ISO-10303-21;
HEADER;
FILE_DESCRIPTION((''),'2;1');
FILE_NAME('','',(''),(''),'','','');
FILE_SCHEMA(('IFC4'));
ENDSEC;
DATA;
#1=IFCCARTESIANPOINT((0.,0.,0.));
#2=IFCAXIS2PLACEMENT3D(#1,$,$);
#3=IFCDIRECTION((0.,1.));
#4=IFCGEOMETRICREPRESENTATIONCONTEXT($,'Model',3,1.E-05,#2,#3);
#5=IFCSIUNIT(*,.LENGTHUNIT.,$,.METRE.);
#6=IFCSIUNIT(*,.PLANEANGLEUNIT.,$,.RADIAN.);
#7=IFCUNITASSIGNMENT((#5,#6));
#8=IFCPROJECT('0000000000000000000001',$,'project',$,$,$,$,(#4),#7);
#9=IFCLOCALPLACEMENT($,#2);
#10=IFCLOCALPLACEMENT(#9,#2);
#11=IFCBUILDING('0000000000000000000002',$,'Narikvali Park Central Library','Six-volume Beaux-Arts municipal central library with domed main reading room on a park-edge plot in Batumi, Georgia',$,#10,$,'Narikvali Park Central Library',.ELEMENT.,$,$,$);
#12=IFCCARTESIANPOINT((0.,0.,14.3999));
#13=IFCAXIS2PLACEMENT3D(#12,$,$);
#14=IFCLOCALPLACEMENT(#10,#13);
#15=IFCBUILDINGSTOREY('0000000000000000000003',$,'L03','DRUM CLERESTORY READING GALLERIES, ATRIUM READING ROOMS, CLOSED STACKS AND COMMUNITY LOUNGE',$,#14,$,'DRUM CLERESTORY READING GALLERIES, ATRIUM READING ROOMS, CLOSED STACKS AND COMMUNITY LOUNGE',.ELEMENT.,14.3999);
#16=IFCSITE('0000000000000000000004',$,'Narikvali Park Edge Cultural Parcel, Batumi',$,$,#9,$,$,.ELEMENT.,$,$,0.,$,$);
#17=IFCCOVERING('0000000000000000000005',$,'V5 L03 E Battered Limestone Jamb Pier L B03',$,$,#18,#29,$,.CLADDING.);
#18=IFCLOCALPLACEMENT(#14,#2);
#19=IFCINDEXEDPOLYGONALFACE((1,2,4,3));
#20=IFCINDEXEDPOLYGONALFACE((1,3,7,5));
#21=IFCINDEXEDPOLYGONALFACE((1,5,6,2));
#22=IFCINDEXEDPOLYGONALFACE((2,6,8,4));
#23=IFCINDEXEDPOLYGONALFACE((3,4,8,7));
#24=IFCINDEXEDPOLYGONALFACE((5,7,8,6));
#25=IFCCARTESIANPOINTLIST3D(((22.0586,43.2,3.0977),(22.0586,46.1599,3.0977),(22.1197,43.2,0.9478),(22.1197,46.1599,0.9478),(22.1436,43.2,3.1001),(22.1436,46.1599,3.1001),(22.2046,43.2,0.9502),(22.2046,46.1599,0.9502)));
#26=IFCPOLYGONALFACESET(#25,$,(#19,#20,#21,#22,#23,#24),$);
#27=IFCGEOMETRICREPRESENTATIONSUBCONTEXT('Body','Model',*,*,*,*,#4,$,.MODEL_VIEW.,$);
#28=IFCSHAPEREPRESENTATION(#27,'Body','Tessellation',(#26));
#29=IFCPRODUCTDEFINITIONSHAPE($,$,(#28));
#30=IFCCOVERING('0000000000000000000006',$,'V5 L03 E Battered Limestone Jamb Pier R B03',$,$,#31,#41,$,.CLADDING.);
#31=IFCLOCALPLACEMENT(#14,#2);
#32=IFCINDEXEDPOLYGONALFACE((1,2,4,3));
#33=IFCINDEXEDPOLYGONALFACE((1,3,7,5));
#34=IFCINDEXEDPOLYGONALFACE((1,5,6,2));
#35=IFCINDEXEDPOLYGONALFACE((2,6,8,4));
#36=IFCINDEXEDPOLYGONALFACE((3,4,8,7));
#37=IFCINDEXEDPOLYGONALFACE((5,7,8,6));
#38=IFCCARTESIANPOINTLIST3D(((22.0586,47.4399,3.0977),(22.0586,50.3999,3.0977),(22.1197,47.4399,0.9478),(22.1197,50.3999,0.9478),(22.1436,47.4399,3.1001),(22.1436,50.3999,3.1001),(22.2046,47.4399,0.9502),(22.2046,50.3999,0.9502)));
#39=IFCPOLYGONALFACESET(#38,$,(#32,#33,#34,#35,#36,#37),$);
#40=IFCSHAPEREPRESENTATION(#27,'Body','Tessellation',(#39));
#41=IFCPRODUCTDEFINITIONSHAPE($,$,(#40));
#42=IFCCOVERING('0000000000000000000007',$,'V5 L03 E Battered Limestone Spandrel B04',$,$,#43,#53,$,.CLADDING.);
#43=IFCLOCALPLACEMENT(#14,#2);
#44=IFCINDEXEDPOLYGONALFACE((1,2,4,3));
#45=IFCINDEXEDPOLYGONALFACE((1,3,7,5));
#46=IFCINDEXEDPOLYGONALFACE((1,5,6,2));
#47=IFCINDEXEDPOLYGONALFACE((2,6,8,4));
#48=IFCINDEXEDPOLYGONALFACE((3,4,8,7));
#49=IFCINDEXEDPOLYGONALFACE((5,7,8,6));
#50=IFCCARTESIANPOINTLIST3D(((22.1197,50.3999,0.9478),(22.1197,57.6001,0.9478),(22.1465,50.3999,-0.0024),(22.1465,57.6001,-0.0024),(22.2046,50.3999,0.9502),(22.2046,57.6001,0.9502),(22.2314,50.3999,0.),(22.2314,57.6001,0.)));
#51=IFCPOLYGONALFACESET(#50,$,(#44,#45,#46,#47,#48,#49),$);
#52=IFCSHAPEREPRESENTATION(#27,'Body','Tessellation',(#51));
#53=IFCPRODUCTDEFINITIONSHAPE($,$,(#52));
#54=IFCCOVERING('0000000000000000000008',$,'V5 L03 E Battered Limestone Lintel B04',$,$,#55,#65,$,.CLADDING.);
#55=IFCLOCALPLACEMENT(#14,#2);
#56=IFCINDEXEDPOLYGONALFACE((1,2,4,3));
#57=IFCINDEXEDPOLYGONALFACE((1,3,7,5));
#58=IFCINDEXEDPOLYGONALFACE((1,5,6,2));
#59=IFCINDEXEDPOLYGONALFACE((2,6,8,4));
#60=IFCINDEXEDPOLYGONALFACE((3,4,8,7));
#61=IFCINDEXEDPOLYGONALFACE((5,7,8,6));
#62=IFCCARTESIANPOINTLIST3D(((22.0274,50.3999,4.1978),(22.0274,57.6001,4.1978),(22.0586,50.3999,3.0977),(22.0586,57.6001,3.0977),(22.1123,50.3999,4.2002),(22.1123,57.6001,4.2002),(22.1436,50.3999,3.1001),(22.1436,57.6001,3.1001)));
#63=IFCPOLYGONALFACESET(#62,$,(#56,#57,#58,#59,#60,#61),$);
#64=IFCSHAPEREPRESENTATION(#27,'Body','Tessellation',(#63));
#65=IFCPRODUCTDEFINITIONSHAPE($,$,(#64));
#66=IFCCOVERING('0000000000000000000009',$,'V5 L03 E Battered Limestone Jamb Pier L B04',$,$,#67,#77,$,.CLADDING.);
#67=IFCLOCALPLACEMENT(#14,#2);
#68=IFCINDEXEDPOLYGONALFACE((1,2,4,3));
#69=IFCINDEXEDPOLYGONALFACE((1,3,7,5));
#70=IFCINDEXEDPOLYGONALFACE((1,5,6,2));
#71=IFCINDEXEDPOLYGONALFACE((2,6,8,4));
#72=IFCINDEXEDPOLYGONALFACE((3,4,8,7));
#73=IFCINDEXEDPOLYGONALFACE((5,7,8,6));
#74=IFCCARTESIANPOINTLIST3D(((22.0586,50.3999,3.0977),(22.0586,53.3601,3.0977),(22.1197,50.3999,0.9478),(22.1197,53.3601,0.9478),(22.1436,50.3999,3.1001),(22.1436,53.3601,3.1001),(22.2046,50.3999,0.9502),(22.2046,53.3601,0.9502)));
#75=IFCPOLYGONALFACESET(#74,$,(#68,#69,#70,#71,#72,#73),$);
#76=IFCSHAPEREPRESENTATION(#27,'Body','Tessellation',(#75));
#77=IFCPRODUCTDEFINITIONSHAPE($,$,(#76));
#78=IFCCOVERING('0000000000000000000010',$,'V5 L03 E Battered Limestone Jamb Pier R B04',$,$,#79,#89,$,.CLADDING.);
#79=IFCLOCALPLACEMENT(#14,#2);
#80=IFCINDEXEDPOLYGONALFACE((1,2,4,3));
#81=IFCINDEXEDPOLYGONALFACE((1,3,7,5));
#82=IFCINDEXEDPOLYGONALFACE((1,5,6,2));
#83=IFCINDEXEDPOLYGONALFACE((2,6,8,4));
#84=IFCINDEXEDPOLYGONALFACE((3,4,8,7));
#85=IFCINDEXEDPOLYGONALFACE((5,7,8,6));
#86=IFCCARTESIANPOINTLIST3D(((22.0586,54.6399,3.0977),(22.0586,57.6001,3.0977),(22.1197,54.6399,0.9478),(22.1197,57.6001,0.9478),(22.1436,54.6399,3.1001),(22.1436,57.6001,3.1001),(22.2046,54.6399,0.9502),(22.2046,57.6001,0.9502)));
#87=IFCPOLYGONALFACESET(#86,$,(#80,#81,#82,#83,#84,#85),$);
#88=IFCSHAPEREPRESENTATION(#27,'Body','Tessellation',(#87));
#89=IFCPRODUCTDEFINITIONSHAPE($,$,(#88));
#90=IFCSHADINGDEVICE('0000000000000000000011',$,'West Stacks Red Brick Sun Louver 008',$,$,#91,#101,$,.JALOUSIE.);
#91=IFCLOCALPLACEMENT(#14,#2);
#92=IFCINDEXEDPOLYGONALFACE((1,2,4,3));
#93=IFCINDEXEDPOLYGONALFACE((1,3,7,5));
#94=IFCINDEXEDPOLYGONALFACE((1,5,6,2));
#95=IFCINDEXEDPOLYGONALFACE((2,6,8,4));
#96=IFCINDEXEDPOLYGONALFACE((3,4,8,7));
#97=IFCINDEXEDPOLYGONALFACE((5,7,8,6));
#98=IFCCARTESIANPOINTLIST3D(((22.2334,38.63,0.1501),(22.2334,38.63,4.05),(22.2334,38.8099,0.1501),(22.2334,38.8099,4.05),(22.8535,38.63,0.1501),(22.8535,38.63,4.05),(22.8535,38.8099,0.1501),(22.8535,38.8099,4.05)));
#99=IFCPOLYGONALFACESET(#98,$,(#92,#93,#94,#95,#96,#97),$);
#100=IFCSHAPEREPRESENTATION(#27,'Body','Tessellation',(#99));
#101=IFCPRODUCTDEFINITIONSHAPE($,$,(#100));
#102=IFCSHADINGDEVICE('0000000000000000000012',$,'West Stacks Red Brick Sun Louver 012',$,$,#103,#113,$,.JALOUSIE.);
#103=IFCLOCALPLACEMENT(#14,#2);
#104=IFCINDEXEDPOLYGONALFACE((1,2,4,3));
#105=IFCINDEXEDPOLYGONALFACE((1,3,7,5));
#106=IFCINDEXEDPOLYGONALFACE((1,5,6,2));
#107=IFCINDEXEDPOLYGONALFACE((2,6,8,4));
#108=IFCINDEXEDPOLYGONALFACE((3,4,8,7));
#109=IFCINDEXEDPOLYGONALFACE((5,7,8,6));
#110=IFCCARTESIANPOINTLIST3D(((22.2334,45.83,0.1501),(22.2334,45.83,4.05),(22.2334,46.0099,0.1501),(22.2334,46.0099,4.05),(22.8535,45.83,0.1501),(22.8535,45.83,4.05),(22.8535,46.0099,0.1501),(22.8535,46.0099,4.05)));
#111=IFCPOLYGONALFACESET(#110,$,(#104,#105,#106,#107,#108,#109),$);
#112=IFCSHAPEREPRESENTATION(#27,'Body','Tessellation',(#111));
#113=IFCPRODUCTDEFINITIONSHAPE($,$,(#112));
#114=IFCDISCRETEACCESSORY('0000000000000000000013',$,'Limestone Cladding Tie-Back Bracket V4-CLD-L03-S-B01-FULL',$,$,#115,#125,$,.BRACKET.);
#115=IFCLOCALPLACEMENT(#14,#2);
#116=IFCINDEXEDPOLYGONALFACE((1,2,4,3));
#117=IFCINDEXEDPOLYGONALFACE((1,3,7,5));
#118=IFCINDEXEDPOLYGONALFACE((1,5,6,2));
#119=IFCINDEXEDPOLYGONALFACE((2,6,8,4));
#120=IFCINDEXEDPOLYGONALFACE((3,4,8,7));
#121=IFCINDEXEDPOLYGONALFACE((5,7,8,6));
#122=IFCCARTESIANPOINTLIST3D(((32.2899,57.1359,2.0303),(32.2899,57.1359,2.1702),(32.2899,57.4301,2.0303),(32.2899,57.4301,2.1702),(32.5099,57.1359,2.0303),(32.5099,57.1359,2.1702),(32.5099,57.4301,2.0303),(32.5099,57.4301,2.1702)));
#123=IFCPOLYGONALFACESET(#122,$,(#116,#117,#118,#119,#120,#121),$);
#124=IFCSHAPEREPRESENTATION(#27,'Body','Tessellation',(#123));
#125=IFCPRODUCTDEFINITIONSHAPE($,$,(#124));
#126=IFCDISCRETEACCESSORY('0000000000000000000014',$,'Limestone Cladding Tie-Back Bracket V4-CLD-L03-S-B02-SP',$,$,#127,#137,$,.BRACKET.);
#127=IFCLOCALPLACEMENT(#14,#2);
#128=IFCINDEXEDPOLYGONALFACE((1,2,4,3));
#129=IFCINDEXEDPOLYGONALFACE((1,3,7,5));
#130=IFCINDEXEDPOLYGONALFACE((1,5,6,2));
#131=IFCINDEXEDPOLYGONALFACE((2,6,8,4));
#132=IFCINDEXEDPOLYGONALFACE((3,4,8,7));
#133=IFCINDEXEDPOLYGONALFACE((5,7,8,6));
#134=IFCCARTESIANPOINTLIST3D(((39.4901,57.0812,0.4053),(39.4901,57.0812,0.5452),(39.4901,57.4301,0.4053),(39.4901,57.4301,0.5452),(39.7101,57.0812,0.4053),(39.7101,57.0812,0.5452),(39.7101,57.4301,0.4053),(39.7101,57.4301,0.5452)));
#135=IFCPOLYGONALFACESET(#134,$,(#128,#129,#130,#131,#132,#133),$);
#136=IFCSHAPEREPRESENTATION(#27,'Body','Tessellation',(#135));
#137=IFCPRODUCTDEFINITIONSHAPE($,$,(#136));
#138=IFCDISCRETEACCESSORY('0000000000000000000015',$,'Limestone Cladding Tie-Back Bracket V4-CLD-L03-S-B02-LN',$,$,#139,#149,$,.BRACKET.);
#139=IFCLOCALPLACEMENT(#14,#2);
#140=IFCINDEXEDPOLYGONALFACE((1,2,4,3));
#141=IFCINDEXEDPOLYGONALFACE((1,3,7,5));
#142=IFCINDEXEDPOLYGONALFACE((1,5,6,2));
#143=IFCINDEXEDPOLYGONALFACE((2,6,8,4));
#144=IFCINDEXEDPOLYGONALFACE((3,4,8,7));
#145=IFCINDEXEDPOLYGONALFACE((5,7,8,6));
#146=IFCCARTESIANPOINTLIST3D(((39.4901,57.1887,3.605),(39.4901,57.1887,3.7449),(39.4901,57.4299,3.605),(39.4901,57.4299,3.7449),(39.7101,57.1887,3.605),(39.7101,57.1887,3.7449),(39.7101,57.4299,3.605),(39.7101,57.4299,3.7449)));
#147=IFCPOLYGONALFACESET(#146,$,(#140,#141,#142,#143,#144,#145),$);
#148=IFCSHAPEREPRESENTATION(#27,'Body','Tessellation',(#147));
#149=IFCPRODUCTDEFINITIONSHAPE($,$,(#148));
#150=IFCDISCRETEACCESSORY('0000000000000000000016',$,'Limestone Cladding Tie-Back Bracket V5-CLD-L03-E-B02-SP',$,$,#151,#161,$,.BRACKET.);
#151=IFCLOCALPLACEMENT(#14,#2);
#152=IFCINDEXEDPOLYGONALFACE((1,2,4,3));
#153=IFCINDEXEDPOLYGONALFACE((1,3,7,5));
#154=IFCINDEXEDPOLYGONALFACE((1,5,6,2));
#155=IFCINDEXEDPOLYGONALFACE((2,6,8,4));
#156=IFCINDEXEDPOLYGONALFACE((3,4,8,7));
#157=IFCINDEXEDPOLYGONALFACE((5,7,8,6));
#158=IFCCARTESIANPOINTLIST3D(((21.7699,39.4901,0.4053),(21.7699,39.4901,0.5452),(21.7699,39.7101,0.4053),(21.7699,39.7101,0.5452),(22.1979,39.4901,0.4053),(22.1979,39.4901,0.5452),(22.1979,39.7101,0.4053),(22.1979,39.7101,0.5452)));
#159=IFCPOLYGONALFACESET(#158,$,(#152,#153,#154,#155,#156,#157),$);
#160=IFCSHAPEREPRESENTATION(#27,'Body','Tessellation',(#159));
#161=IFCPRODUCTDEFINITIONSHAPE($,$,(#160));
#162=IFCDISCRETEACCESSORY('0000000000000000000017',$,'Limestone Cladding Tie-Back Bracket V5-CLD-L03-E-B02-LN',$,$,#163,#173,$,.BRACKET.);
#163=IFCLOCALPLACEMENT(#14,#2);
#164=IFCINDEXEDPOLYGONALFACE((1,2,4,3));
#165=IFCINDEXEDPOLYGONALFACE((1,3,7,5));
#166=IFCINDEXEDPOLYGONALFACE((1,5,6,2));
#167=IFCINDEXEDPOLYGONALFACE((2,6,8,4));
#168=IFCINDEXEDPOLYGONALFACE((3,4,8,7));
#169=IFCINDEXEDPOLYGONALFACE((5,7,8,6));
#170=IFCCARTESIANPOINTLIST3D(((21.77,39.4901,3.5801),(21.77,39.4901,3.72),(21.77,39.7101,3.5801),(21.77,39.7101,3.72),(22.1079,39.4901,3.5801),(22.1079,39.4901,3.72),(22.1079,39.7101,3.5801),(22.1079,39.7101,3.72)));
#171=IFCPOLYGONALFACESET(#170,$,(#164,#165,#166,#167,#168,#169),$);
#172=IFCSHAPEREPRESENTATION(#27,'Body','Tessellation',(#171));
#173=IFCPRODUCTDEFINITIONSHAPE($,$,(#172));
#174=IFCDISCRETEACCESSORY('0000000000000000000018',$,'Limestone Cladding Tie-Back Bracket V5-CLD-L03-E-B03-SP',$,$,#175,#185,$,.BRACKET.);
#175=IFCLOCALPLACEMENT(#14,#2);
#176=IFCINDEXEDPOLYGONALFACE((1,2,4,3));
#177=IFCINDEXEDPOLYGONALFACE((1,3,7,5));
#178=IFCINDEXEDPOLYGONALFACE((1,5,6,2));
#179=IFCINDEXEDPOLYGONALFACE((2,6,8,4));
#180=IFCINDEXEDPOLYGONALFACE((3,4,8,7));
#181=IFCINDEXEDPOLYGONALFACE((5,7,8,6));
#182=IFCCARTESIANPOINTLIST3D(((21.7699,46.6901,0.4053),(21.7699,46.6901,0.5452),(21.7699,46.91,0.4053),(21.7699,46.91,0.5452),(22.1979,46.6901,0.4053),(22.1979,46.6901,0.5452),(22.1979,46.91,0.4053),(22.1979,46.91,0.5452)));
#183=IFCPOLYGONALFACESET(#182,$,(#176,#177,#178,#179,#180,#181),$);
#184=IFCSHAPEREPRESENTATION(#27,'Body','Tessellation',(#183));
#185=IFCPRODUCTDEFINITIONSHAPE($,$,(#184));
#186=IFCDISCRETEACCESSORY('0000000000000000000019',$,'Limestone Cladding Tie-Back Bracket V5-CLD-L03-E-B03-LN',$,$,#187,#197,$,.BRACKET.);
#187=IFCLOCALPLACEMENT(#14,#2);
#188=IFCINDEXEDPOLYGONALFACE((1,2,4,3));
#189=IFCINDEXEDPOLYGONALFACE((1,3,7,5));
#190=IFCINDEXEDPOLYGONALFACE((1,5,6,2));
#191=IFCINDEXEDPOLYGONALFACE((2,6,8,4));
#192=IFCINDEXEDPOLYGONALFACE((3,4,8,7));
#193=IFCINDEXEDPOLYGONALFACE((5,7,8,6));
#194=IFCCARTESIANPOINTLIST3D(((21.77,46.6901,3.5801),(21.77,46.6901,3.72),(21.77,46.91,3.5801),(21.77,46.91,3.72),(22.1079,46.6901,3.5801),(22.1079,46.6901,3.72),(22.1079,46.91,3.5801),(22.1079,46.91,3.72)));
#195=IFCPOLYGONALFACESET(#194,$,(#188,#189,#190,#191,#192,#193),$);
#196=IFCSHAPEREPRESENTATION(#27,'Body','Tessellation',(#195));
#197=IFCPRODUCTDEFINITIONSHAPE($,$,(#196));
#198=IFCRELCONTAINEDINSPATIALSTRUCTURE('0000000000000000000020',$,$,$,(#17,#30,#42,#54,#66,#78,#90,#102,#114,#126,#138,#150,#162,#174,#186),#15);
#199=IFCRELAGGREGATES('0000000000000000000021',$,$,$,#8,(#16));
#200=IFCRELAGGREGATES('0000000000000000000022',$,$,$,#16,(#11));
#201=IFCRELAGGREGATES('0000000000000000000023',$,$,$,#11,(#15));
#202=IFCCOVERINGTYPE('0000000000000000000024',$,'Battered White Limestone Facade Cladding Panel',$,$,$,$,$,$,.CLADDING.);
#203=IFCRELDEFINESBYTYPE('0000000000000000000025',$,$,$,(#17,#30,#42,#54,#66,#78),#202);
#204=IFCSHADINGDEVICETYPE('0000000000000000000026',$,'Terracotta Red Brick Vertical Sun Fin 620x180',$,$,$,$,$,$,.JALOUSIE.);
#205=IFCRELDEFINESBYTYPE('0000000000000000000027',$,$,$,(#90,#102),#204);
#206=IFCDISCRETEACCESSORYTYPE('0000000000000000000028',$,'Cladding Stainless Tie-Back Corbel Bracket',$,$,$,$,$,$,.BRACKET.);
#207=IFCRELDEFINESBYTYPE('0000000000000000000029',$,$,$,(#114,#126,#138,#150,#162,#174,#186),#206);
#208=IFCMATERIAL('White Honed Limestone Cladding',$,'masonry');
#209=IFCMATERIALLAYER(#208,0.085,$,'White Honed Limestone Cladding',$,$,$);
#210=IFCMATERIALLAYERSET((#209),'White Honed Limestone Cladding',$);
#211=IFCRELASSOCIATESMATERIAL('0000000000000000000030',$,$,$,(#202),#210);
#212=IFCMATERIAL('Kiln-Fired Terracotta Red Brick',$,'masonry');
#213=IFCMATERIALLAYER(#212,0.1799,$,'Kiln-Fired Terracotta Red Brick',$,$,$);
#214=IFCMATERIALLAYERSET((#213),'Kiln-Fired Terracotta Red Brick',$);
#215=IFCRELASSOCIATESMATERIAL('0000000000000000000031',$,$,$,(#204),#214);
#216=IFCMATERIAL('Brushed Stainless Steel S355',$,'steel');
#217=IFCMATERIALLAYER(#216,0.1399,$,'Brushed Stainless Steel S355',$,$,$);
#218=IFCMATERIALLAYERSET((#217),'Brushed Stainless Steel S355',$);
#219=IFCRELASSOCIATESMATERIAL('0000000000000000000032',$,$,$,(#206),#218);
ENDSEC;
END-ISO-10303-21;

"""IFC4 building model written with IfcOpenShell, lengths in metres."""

from ifc_helpers import new_model, si_unit, direction, frame, origin, origin_2d, place, context, subcontext, project, spatial, polyline, rectangle, outline, extrude, material, layer, layer_set, type_object, element, save


model = new_model("IFC4")

# Units and contexts
model_context = context("Model", 3, precision=1e-05, world=origin(), true_north=direction((0.0, 1.0)))
body_context = subcontext(model_context, "Body", "Model", "MODEL_VIEW")
ifc_project = project(units=[si_unit("LENGTHUNIT", "METRE"), si_unit("PLANEANGLEUNIT", "RADIAN")], contexts=[model_context])

# Site, building, storey
site_placement = place(None, origin())
site = spatial("IfcSite", under=ifc_project, at=site_placement, Name="Narikvali Park Edge Cultural Parcel, Batumi", CompositionType="ELEMENT", RefElevation=0.0)
building_placement = place(site_placement, origin())
building = spatial("IfcBuilding", under=site, at=building_placement, Name="Narikvali Park Central Library", Description="Six-volume Beaux-Arts municipal central library with domed main reading room on a park-edge plot in Batumi, Georgia", LongName="Narikvali Park Central Library", CompositionType="ELEMENT")
storey_placement = place(building_placement, frame((0.0, 0.0, 14.3999)))
storey = spatial("IfcBuildingStorey", under=building, at=storey_placement, Name="L03", Description="DRUM CLERESTORY READING GALLERIES, ATRIUM READING ROOMS, CLOSED STACKS AND COMMUNITY LOUNGE", LongName="DRUM CLERESTORY READING GALLERIES, ATRIUM READING ROOMS, CLOSED STACKS AND COMMUNITY LOUNGE", CompositionType="ELEMENT", Elevation=14.3999)

# Coverings
ifc_material_1 = material(Name="White Honed Limestone Cladding", Category="masonry")
ifc_layer_1 = layer(ifc_material_1, 0.085, Name="White Honed Limestone Cladding")
ifc_layer_set_1 = layer_set([ifc_layer_1], Name="White Honed Limestone Cladding")
covering_type = type_object("IfcCoveringType", Name="Battered White Limestone Facade Cladding Panel", PredefinedType="CLADDING", material=ifc_layer_set_1)
for number, where, z_axis, x_axis, name in (
    (1, (22.2046, 43.2, 0.9502), (0.999597, 0.0, 0.028378), (0.0, 1.0, 0.0), "V5 L03 E Battered Limestone Jamb Pier L B03"),
    (2, (22.2046, 47.4399, 0.9502), (0.999597, 0.0, 0.028378), (0.0, 1.0, 0.0), "V5 L03 E Battered Limestone Jamb Pier R B03"),
):
    element("IfcCovering", number, at=place(storey_placement, frame(where, z_axis=z_axis, x_axis=x_axis)), inside=storey, type_object=covering_type, Name=name, PredefinedType="CLADDING", context=body_context, shape_type="SweptSolid", body=[
        extrude(outline(polyline([(0.0, 0.0), (2.96, 0.0), (2.96, 2.1508), (0.0, 2.1508), (0.0, 0.0)])), origin(), (0.0, 0.0, -1.0), 0.085),
    ])
covering_1_placement = place(storey_placement, frame((22.2314, 50.3999, 0.0), z_axis=(0.999601, 0.0, 0.028252), x_axis=(0.0, 1.0, 0.0)))
element("IfcCovering", 3, at=covering_1_placement, inside=storey, type_object=covering_type, Name="V5 L03 E Battered Limestone Spandrel B04", PredefinedType="CLADDING", context=body_context, shape_type="SweptSolid", body=[
    extrude(outline(polyline([(0.0, 0.0), (7.2002, 0.0), (7.2002, 0.9506), (0.0, 0.9506), (0.0, 0.0)])), origin(), (0.0, 0.0, -1.0), 0.085),
])
covering_2_placement = place(storey_placement, frame((22.1436, 50.3999, 3.1001), z_axis=(0.999597, 0.0, 0.028395), x_axis=(0.0, 1.0, 0.0)))
element("IfcCovering", 4, at=covering_2_placement, inside=storey, type_object=covering_type, Name="V5 L03 E Battered Limestone Lintel B04", PredefinedType="CLADDING", context=body_context, shape_type="SweptSolid", body=[
    extrude(outline(polyline([(0.0, 0.0), (7.2002, 0.0), (7.2002, 1.1005), (0.0, 1.1005), (0.0, 0.0)])), origin(), (0.0, 0.0, -1.0), 0.085),
])
for number, where, z_axis, x_axis, name in (
    (5, (22.2046, 50.3999, 0.9502), (0.999597, 0.0, 0.028378), (0.0, 1.0, 0.0), "V5 L03 E Battered Limestone Jamb Pier L B04"),
    (6, (22.2046, 54.6399, 0.9502), (0.999597, 0.0, 0.028378), (0.0, 1.0, 0.0), "V5 L03 E Battered Limestone Jamb Pier R B04"),
):
    element("IfcCovering", number, at=place(storey_placement, frame(where, z_axis=z_axis, x_axis=x_axis)), inside=storey, type_object=covering_type, Name=name, PredefinedType="CLADDING", context=body_context, shape_type="SweptSolid", body=[
        extrude(outline(polyline([(0.0, 0.0), (2.9602, 0.0), (2.9602, 2.1508), (0.0, 2.1508), (0.0, 0.0)])), origin(), (0.0, 0.0, -1.0), 0.085),
    ])

# Shading devices
ifc_material_2 = material(Name="Kiln-Fired Terracotta Red Brick", Category="masonry")
ifc_layer_2 = layer(ifc_material_2, 0.1799, Name="Kiln-Fired Terracotta Red Brick")
ifc_layer_set_2 = layer_set([ifc_layer_2], Name="Kiln-Fired Terracotta Red Brick")
shading_device_type = type_object("IfcShadingDeviceType", Name="Terracotta Red Brick Vertical Sun Fin 620x180", PredefinedType="JALOUSIE", material=ifc_layer_set_2)
for number, where, z_axis, x_axis, name in (
    (7, (22.5435, 38.72, 0.1501), (0.0, 0.0, 1.0), (1.0, 0.0, 0.0), "West Stacks Red Brick Sun Louver 008"),
    (8, (22.5435, 45.9199, 0.1501), (0.0, 0.0, 1.0), (1.0, 0.0, 0.0), "West Stacks Red Brick Sun Louver 012"),
):
    element("IfcShadingDevice", number, at=place(storey_placement, frame(where, z_axis=z_axis, x_axis=x_axis)), inside=storey, type_object=shading_device_type, Name=name, PredefinedType="JALOUSIE", context=body_context, shape_type="SweptSolid", body=[
        extrude(rectangle(XDim=0.6201, YDim=0.1799, at=origin_2d()), origin(), (0.0, 0.0, 1.0), 3.8999),
    ])

# Discrete accessories
ifc_material_3 = material(Name="Brushed Stainless Steel S355", Category="steel")
ifc_layer_3 = layer(ifc_material_3, 0.1399, Name="Brushed Stainless Steel S355")
ifc_layer_set_3 = layer_set([ifc_layer_3], Name="Brushed Stainless Steel S355")
discrete_accessory_type = type_object("IfcDiscreteAccessoryType", Name="Cladding Stainless Tie-Back Corbel Bracket", PredefinedType="BRACKET", material=ifc_layer_set_3)
discrete_accessory_1_placement = place(storey_placement, frame((32.3999, 57.283, 2.0303), z_axis=(0.0, 0.0, 1.0), x_axis=(1.0, 0.0, 0.0)))
element("IfcDiscreteAccessory", 9, at=discrete_accessory_1_placement, inside=storey, type_object=discrete_accessory_type, Name="Limestone Cladding Tie-Back Bracket V4-CLD-L03-S-B01-FULL", PredefinedType="BRACKET", context=body_context, shape_type="SweptSolid", body=[
    extrude(rectangle(XDim=0.22, YDim=0.2942, at=origin_2d()), origin(), (0.0, 0.0, 1.0), 0.1399),
])
discrete_accessory_2_placement = place(storey_placement, frame((39.6001, 57.2556, 0.4053), z_axis=(0.0, 0.0, 1.0), x_axis=(1.0, 0.0, 0.0)))
element("IfcDiscreteAccessory", 10, at=discrete_accessory_2_placement, inside=storey, type_object=discrete_accessory_type, Name="Limestone Cladding Tie-Back Bracket V4-CLD-L03-S-B02-SP", PredefinedType="BRACKET", context=body_context, shape_type="SweptSolid", body=[
    extrude(rectangle(XDim=0.22, YDim=0.3489, at=origin_2d()), origin(), (0.0, 0.0, 1.0), 0.1399),
])
discrete_accessory_3_placement = place(storey_placement, frame((39.6001, 57.3093, 3.605), z_axis=(0.0, 0.0, 1.0), x_axis=(1.0, 0.0, 0.0)))
element("IfcDiscreteAccessory", 11, at=discrete_accessory_3_placement, inside=storey, type_object=discrete_accessory_type, Name="Limestone Cladding Tie-Back Bracket V4-CLD-L03-S-B02-LN", PredefinedType="BRACKET", context=body_context, shape_type="SweptSolid", body=[
    extrude(rectangle(XDim=0.22, YDim=0.2412, at=origin_2d()), origin(), (0.0, 0.0, 1.0), 0.1399),
])
discrete_accessory_4_placement = place(storey_placement, frame((21.9839, 39.6001, 0.4053), z_axis=(0.0, 0.0, 1.0), x_axis=(1.0, 0.0, 0.0)))
element("IfcDiscreteAccessory", 12, at=discrete_accessory_4_placement, inside=storey, type_object=discrete_accessory_type, Name="Limestone Cladding Tie-Back Bracket V5-CLD-L03-E-B02-SP", PredefinedType="BRACKET", context=body_context, shape_type="SweptSolid", body=[
    extrude(rectangle(XDim=0.428, YDim=0.22, at=origin_2d()), origin(), (0.0, 0.0, 1.0), 0.1399),
])
discrete_accessory_5_placement = place(storey_placement, frame((21.939, 39.6001, 3.5801), z_axis=(0.0, 0.0, 1.0), x_axis=(1.0, 0.0, 0.0)))
element("IfcDiscreteAccessory", 13, at=discrete_accessory_5_placement, inside=storey, type_object=discrete_accessory_type, Name="Limestone Cladding Tie-Back Bracket V5-CLD-L03-E-B02-LN", PredefinedType="BRACKET", context=body_context, shape_type="SweptSolid", body=[
    extrude(rectangle(XDim=0.3379, YDim=0.22, at=origin_2d()), origin(), (0.0, 0.0, 1.0), 0.1399),
])
discrete_accessory_6_placement = place(storey_placement, frame((21.9839, 46.8, 0.4053), z_axis=(0.0, 0.0, 1.0), x_axis=(1.0, 0.0, 0.0)))
element("IfcDiscreteAccessory", 14, at=discrete_accessory_6_placement, inside=storey, type_object=discrete_accessory_type, Name="Limestone Cladding Tie-Back Bracket V5-CLD-L03-E-B03-SP", PredefinedType="BRACKET", context=body_context, shape_type="SweptSolid", body=[
    extrude(rectangle(XDim=0.428, YDim=0.22, at=origin_2d()), origin(), (0.0, 0.0, 1.0), 0.1399),
])
discrete_accessory_7_placement = place(storey_placement, frame((21.939, 46.8, 3.5801), z_axis=(0.0, 0.0, 1.0), x_axis=(1.0, 0.0, 0.0)))
element("IfcDiscreteAccessory", 15, at=discrete_accessory_7_placement, inside=storey, type_object=discrete_accessory_type, Name="Limestone Cladding Tie-Back Bracket V5-CLD-L03-E-B03-LN", PredefinedType="BRACKET", context=body_context, shape_type="SweptSolid", body=[
    extrude(rectangle(XDim=0.3379, YDim=0.22, at=origin_2d()), origin(), (0.0, 0.0, 1.0), 0.1399),
])

save(model, "model.ifc")
